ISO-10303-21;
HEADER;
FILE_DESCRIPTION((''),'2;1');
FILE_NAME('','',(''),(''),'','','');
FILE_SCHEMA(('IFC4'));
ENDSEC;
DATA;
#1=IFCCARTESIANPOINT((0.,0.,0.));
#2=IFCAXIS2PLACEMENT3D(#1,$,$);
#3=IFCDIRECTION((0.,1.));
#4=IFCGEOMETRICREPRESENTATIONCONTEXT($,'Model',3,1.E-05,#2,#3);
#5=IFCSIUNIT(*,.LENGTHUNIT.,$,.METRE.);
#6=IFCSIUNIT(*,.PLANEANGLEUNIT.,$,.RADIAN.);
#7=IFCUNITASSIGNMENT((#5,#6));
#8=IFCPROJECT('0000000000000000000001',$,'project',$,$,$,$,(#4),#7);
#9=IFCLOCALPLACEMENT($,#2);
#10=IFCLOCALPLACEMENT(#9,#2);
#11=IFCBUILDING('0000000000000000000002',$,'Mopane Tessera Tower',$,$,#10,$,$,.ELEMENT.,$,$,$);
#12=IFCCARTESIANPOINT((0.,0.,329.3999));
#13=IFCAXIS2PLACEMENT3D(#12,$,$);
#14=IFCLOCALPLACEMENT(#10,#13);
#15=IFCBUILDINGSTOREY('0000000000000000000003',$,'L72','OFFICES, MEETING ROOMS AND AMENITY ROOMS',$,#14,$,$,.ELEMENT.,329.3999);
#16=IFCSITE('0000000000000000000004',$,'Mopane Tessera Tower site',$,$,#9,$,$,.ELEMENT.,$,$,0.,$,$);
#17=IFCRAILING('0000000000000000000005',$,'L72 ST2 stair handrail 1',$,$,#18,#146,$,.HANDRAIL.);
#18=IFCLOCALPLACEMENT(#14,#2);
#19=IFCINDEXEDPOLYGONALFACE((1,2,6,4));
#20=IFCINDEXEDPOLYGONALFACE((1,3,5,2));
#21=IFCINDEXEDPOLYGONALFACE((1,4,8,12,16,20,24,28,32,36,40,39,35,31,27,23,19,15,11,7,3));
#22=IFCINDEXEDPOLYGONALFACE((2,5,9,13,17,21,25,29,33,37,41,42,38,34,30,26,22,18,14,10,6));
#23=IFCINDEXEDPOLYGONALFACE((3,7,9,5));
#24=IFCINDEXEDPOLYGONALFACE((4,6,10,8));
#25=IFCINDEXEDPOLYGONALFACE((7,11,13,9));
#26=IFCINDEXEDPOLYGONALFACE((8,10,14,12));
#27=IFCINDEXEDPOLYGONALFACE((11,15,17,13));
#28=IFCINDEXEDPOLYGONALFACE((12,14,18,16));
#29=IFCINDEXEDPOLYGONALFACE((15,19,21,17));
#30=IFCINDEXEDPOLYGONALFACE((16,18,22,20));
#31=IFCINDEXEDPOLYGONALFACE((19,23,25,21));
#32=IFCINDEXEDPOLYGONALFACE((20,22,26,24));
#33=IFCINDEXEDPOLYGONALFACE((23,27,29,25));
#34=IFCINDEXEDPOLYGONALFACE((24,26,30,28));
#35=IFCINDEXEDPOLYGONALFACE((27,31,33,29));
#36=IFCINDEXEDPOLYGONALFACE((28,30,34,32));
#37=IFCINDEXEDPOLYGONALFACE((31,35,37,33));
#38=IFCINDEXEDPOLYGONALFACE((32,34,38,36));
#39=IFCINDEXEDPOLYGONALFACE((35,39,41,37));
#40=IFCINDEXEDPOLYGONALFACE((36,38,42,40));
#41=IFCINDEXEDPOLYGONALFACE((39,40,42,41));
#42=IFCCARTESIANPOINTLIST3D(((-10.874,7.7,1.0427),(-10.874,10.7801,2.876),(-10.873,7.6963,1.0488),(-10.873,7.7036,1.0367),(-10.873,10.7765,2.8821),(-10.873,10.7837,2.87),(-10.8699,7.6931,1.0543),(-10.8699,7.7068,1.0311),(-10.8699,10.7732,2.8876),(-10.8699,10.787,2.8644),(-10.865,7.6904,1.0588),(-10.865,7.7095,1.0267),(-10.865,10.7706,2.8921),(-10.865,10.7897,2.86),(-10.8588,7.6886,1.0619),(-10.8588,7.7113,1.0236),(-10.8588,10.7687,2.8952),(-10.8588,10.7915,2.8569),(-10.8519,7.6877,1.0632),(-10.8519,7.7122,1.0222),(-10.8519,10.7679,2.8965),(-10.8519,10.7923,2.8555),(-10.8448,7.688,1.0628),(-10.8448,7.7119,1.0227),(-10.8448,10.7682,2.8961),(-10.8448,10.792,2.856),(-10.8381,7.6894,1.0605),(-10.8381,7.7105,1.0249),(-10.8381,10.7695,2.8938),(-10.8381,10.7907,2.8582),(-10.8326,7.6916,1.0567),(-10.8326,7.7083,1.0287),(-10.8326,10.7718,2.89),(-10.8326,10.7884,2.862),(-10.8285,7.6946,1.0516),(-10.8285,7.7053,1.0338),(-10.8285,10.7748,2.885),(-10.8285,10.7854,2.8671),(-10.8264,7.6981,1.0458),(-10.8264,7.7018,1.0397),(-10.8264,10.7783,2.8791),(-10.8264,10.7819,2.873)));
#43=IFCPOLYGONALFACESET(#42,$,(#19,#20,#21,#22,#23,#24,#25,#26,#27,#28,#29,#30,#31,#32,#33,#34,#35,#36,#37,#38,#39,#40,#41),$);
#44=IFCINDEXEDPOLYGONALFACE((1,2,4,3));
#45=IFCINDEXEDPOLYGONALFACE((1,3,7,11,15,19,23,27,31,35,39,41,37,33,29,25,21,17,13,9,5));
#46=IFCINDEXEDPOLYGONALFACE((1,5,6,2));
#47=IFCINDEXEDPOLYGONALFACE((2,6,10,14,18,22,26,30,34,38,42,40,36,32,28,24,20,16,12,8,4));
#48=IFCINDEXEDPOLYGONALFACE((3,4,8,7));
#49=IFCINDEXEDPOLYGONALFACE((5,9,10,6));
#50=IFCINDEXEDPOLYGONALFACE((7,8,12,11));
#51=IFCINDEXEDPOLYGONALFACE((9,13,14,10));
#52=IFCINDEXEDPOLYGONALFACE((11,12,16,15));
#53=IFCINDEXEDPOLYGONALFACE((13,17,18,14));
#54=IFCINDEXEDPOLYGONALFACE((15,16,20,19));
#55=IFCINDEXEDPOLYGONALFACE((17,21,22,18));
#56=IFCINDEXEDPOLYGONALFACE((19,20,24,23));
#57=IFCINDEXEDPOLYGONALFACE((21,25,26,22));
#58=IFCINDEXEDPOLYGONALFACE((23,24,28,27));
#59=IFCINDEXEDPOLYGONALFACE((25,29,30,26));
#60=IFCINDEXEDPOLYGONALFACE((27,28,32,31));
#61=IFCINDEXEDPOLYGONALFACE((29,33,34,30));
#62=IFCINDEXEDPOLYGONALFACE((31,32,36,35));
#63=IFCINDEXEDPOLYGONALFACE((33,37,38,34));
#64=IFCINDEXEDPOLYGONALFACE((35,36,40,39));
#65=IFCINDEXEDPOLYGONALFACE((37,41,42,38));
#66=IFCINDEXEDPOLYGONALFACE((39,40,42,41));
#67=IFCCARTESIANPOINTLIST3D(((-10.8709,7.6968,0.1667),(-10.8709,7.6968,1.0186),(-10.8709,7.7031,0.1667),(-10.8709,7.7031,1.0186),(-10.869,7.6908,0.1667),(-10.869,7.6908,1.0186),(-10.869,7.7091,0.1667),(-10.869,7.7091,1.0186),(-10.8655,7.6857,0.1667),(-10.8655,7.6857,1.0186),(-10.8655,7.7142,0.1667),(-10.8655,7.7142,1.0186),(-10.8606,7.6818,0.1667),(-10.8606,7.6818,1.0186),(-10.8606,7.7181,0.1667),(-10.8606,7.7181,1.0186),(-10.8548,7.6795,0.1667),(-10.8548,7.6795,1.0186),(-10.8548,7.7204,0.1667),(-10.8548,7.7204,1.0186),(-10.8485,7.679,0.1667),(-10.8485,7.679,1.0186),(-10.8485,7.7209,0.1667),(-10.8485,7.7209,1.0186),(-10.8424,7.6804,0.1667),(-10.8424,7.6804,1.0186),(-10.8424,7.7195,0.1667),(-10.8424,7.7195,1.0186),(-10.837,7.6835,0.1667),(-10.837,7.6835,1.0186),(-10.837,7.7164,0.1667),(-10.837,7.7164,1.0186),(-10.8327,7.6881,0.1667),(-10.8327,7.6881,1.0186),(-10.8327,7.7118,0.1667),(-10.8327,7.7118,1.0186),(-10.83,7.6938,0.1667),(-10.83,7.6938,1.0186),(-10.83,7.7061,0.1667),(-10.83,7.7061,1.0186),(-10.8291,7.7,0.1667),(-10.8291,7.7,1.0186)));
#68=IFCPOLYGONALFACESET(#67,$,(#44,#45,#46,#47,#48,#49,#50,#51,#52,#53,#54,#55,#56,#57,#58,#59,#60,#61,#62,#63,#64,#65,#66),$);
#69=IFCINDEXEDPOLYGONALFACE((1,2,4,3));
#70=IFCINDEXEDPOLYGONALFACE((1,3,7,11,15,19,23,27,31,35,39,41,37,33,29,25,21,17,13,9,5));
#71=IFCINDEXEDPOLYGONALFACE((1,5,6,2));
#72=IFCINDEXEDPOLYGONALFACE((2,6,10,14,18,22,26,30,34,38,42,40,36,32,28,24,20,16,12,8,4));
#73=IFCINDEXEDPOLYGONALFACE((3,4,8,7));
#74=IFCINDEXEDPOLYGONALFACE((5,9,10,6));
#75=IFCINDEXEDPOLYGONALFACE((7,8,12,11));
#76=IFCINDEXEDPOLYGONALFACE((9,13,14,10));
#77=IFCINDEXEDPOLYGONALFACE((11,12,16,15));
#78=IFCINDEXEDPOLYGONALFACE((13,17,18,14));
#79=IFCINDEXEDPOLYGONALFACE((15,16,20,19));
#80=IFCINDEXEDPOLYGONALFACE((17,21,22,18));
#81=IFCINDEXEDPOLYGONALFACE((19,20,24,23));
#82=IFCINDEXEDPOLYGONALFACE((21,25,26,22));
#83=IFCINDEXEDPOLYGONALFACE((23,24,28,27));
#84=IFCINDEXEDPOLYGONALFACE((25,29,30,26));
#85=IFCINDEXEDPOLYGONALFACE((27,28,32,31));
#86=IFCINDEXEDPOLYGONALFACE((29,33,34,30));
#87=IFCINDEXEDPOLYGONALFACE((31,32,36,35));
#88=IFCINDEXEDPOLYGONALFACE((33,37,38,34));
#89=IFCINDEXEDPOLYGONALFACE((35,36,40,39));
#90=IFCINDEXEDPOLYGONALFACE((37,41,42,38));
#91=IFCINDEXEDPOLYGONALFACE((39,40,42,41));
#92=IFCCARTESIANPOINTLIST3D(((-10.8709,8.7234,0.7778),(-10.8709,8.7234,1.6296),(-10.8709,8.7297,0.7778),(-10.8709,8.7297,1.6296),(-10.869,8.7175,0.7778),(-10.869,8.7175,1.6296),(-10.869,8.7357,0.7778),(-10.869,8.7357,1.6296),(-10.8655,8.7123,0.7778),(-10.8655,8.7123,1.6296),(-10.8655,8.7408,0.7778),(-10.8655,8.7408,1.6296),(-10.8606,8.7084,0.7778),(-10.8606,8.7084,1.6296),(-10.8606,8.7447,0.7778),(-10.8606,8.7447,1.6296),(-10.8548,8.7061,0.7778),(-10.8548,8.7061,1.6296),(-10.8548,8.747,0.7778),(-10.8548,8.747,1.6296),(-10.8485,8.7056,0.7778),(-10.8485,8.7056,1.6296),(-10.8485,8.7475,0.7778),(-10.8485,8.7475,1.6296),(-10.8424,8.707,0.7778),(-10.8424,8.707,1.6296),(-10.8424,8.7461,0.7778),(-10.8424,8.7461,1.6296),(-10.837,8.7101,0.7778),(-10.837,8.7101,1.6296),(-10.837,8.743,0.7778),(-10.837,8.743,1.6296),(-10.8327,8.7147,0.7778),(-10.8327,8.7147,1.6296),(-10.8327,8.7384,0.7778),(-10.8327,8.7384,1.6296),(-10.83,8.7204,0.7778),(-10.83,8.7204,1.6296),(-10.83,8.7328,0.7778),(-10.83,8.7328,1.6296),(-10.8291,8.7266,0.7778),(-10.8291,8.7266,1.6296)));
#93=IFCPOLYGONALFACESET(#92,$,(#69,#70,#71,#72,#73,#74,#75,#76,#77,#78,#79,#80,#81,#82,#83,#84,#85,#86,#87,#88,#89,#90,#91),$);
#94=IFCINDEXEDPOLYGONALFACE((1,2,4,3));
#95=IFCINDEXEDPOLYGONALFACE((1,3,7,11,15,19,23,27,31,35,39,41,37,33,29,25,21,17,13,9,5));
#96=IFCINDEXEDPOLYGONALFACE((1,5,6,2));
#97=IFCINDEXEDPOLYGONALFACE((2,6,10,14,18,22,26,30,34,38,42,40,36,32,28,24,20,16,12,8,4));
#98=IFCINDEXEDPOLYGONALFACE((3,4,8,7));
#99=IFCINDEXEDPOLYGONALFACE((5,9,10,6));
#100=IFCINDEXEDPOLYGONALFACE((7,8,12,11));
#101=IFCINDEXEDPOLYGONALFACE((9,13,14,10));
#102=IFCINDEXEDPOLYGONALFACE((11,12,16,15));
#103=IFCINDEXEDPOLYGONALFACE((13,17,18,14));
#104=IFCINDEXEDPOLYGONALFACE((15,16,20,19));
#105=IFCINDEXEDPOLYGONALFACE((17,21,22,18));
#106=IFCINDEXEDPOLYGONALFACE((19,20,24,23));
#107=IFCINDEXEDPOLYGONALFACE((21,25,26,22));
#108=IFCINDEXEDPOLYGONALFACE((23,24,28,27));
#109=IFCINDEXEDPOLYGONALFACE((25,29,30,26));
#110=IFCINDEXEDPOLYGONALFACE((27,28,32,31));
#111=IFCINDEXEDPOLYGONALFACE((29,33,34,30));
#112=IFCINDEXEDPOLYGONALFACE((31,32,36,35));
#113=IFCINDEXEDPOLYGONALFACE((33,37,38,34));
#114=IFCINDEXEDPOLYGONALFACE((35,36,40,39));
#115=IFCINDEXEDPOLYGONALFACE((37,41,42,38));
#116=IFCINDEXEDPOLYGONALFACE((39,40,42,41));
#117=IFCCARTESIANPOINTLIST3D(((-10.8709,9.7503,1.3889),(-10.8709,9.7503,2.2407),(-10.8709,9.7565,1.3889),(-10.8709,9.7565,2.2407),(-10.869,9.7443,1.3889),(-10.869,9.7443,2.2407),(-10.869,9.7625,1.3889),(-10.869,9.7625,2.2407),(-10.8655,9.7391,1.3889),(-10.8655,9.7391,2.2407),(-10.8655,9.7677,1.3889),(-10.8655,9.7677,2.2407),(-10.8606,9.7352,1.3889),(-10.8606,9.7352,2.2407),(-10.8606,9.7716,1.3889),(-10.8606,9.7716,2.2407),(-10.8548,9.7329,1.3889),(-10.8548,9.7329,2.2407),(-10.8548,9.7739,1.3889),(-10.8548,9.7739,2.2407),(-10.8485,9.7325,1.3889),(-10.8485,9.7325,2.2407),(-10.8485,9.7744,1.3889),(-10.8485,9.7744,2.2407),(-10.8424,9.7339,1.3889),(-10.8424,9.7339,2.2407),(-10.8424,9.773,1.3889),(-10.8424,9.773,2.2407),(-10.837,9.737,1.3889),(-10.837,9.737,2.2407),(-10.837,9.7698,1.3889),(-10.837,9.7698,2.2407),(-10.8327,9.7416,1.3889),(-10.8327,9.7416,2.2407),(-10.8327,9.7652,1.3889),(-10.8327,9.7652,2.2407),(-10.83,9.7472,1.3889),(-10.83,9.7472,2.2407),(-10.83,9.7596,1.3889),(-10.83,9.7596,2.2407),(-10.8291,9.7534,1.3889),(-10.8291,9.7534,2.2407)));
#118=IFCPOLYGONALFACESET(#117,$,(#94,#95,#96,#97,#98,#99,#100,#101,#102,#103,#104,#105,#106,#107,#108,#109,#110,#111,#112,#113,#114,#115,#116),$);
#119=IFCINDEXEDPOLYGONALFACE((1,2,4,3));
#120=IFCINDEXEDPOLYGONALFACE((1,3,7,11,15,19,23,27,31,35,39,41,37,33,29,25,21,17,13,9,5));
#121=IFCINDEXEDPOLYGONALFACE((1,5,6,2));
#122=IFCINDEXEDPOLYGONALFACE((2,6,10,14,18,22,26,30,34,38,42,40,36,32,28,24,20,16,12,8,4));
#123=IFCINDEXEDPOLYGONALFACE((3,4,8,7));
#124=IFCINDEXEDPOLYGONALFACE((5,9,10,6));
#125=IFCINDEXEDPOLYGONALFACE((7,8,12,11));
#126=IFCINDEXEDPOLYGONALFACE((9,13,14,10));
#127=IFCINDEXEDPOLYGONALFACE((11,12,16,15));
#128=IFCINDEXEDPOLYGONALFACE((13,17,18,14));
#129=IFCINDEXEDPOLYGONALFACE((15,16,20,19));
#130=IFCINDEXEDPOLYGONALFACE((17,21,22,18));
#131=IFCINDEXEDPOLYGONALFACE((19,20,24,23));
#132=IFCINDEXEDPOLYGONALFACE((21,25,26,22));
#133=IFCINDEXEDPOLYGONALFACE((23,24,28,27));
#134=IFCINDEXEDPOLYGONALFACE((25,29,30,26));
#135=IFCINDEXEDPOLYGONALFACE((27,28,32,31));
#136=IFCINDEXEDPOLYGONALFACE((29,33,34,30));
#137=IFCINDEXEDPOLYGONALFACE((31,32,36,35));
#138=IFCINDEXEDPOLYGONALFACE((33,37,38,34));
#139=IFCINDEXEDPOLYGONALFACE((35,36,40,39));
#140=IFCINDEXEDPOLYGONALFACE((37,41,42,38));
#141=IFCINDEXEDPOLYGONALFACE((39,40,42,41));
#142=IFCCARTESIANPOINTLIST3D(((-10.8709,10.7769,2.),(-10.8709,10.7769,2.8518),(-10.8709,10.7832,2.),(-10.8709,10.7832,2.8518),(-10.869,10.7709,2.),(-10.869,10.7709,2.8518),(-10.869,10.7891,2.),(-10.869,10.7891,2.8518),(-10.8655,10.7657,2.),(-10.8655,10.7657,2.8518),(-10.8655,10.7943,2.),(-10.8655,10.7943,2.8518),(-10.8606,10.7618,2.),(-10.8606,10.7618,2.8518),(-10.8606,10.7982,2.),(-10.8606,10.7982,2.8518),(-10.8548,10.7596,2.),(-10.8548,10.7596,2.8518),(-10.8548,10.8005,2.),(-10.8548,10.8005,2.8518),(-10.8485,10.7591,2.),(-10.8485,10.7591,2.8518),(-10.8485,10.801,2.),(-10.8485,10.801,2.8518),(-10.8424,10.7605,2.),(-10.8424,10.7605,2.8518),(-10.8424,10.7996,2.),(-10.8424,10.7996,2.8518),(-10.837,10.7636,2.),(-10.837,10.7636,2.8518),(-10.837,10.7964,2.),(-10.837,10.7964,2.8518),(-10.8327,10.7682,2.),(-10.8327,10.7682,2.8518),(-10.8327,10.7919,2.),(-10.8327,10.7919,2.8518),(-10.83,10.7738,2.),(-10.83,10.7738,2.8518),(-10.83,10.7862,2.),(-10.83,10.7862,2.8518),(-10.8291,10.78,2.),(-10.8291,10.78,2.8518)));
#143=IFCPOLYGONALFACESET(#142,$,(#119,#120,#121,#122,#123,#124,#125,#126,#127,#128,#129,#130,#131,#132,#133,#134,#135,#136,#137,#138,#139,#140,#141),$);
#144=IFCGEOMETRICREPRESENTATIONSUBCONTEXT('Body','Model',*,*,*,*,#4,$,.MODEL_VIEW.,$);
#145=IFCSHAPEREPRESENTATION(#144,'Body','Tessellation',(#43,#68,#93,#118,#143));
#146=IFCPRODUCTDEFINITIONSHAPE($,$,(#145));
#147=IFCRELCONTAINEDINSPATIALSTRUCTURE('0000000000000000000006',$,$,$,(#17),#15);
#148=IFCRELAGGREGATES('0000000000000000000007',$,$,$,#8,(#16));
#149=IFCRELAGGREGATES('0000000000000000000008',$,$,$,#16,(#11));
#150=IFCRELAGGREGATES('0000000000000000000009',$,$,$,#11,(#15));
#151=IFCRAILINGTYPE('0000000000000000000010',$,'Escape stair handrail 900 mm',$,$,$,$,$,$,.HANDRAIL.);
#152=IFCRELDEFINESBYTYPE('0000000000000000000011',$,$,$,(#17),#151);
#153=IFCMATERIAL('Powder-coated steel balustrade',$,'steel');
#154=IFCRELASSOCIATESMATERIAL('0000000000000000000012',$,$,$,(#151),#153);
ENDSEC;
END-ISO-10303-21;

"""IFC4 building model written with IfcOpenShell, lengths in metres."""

from ifc_helpers import new_model, si_unit, direction, frame, origin, origin_2d, place, context, subcontext, project, spatial, circle, extrude, material, type_object, element, save


model = new_model("IFC4")

# Units and contexts
model_context = context("Model", 3, precision=1e-05, world=origin(), true_north=direction((0.0, 1.0)))
body_context = subcontext(model_context, "Body", "Model", "MODEL_VIEW")
ifc_project = project(units=[si_unit("LENGTHUNIT", "METRE"), si_unit("PLANEANGLEUNIT", "RADIAN")], contexts=[model_context])

# Site, building, storey
site_placement = place(None, origin())
site = spatial("IfcSite", under=ifc_project, at=site_placement, Name="Mopane Tessera Tower site", CompositionType="ELEMENT", RefElevation=0.0)
building_placement = place(site_placement, origin())
building = spatial("IfcBuilding", under=site, at=building_placement, Name="Mopane Tessera Tower", CompositionType="ELEMENT")
storey_placement = place(building_placement, frame((0.0, 0.0, 329.3999)))
storey = spatial("IfcBuildingStorey", under=building, at=storey_placement, Name="L72", Description="OFFICES, MEETING ROOMS AND AMENITY ROOMS", CompositionType="ELEMENT", Elevation=329.3999)

# Railing
ifc_material_1 = material(Name="Powder-coated steel balustrade", Category="steel")
railing_type_1 = type_object("IfcRailingType", Name="Escape stair handrail 900 mm", PredefinedType="HANDRAIL", material=ifc_material_1)
railing_1_placement = place(storey_placement, frame((-10.8501, 7.7, 0.1667)))
element("IfcRailing", 1, at=railing_1_placement, inside=storey, type_object=railing_type_1, Name="L72 ST2 stair handrail 1", PredefinedType="HANDRAIL", context=body_context, shape_type="SweptSolid", body=[
    extrude(circle(Radius=0.0239, at=origin_2d()), frame((0.0, 0.0, 0.876), z_axis=(0.0, 0.859309, 0.511458), x_axis=(-1.0, 0.0, 0.0)), (0.0, 0.0, 1.0), 3.5845),
    extrude(circle(Radius=0.021, at=origin_2d()), origin(), (0.0, 0.0, 1.0), 0.8518),
    extrude(circle(Radius=0.021, at=origin_2d()), frame((0.0, 1.0266, 0.6111)), (0.0, 0.0, 1.0), 0.8518),
    extrude(circle(Radius=0.021, at=origin_2d()), frame((0.0, 2.0535, 1.2222)), (0.0, 0.0, 1.0), 0.8518),
    extrude(circle(Radius=0.021, at=origin_2d()), frame((0.0, 3.0801, 1.8333)), (0.0, 0.0, 1.0), 0.8518),
])

save(model, "model.ifc")
